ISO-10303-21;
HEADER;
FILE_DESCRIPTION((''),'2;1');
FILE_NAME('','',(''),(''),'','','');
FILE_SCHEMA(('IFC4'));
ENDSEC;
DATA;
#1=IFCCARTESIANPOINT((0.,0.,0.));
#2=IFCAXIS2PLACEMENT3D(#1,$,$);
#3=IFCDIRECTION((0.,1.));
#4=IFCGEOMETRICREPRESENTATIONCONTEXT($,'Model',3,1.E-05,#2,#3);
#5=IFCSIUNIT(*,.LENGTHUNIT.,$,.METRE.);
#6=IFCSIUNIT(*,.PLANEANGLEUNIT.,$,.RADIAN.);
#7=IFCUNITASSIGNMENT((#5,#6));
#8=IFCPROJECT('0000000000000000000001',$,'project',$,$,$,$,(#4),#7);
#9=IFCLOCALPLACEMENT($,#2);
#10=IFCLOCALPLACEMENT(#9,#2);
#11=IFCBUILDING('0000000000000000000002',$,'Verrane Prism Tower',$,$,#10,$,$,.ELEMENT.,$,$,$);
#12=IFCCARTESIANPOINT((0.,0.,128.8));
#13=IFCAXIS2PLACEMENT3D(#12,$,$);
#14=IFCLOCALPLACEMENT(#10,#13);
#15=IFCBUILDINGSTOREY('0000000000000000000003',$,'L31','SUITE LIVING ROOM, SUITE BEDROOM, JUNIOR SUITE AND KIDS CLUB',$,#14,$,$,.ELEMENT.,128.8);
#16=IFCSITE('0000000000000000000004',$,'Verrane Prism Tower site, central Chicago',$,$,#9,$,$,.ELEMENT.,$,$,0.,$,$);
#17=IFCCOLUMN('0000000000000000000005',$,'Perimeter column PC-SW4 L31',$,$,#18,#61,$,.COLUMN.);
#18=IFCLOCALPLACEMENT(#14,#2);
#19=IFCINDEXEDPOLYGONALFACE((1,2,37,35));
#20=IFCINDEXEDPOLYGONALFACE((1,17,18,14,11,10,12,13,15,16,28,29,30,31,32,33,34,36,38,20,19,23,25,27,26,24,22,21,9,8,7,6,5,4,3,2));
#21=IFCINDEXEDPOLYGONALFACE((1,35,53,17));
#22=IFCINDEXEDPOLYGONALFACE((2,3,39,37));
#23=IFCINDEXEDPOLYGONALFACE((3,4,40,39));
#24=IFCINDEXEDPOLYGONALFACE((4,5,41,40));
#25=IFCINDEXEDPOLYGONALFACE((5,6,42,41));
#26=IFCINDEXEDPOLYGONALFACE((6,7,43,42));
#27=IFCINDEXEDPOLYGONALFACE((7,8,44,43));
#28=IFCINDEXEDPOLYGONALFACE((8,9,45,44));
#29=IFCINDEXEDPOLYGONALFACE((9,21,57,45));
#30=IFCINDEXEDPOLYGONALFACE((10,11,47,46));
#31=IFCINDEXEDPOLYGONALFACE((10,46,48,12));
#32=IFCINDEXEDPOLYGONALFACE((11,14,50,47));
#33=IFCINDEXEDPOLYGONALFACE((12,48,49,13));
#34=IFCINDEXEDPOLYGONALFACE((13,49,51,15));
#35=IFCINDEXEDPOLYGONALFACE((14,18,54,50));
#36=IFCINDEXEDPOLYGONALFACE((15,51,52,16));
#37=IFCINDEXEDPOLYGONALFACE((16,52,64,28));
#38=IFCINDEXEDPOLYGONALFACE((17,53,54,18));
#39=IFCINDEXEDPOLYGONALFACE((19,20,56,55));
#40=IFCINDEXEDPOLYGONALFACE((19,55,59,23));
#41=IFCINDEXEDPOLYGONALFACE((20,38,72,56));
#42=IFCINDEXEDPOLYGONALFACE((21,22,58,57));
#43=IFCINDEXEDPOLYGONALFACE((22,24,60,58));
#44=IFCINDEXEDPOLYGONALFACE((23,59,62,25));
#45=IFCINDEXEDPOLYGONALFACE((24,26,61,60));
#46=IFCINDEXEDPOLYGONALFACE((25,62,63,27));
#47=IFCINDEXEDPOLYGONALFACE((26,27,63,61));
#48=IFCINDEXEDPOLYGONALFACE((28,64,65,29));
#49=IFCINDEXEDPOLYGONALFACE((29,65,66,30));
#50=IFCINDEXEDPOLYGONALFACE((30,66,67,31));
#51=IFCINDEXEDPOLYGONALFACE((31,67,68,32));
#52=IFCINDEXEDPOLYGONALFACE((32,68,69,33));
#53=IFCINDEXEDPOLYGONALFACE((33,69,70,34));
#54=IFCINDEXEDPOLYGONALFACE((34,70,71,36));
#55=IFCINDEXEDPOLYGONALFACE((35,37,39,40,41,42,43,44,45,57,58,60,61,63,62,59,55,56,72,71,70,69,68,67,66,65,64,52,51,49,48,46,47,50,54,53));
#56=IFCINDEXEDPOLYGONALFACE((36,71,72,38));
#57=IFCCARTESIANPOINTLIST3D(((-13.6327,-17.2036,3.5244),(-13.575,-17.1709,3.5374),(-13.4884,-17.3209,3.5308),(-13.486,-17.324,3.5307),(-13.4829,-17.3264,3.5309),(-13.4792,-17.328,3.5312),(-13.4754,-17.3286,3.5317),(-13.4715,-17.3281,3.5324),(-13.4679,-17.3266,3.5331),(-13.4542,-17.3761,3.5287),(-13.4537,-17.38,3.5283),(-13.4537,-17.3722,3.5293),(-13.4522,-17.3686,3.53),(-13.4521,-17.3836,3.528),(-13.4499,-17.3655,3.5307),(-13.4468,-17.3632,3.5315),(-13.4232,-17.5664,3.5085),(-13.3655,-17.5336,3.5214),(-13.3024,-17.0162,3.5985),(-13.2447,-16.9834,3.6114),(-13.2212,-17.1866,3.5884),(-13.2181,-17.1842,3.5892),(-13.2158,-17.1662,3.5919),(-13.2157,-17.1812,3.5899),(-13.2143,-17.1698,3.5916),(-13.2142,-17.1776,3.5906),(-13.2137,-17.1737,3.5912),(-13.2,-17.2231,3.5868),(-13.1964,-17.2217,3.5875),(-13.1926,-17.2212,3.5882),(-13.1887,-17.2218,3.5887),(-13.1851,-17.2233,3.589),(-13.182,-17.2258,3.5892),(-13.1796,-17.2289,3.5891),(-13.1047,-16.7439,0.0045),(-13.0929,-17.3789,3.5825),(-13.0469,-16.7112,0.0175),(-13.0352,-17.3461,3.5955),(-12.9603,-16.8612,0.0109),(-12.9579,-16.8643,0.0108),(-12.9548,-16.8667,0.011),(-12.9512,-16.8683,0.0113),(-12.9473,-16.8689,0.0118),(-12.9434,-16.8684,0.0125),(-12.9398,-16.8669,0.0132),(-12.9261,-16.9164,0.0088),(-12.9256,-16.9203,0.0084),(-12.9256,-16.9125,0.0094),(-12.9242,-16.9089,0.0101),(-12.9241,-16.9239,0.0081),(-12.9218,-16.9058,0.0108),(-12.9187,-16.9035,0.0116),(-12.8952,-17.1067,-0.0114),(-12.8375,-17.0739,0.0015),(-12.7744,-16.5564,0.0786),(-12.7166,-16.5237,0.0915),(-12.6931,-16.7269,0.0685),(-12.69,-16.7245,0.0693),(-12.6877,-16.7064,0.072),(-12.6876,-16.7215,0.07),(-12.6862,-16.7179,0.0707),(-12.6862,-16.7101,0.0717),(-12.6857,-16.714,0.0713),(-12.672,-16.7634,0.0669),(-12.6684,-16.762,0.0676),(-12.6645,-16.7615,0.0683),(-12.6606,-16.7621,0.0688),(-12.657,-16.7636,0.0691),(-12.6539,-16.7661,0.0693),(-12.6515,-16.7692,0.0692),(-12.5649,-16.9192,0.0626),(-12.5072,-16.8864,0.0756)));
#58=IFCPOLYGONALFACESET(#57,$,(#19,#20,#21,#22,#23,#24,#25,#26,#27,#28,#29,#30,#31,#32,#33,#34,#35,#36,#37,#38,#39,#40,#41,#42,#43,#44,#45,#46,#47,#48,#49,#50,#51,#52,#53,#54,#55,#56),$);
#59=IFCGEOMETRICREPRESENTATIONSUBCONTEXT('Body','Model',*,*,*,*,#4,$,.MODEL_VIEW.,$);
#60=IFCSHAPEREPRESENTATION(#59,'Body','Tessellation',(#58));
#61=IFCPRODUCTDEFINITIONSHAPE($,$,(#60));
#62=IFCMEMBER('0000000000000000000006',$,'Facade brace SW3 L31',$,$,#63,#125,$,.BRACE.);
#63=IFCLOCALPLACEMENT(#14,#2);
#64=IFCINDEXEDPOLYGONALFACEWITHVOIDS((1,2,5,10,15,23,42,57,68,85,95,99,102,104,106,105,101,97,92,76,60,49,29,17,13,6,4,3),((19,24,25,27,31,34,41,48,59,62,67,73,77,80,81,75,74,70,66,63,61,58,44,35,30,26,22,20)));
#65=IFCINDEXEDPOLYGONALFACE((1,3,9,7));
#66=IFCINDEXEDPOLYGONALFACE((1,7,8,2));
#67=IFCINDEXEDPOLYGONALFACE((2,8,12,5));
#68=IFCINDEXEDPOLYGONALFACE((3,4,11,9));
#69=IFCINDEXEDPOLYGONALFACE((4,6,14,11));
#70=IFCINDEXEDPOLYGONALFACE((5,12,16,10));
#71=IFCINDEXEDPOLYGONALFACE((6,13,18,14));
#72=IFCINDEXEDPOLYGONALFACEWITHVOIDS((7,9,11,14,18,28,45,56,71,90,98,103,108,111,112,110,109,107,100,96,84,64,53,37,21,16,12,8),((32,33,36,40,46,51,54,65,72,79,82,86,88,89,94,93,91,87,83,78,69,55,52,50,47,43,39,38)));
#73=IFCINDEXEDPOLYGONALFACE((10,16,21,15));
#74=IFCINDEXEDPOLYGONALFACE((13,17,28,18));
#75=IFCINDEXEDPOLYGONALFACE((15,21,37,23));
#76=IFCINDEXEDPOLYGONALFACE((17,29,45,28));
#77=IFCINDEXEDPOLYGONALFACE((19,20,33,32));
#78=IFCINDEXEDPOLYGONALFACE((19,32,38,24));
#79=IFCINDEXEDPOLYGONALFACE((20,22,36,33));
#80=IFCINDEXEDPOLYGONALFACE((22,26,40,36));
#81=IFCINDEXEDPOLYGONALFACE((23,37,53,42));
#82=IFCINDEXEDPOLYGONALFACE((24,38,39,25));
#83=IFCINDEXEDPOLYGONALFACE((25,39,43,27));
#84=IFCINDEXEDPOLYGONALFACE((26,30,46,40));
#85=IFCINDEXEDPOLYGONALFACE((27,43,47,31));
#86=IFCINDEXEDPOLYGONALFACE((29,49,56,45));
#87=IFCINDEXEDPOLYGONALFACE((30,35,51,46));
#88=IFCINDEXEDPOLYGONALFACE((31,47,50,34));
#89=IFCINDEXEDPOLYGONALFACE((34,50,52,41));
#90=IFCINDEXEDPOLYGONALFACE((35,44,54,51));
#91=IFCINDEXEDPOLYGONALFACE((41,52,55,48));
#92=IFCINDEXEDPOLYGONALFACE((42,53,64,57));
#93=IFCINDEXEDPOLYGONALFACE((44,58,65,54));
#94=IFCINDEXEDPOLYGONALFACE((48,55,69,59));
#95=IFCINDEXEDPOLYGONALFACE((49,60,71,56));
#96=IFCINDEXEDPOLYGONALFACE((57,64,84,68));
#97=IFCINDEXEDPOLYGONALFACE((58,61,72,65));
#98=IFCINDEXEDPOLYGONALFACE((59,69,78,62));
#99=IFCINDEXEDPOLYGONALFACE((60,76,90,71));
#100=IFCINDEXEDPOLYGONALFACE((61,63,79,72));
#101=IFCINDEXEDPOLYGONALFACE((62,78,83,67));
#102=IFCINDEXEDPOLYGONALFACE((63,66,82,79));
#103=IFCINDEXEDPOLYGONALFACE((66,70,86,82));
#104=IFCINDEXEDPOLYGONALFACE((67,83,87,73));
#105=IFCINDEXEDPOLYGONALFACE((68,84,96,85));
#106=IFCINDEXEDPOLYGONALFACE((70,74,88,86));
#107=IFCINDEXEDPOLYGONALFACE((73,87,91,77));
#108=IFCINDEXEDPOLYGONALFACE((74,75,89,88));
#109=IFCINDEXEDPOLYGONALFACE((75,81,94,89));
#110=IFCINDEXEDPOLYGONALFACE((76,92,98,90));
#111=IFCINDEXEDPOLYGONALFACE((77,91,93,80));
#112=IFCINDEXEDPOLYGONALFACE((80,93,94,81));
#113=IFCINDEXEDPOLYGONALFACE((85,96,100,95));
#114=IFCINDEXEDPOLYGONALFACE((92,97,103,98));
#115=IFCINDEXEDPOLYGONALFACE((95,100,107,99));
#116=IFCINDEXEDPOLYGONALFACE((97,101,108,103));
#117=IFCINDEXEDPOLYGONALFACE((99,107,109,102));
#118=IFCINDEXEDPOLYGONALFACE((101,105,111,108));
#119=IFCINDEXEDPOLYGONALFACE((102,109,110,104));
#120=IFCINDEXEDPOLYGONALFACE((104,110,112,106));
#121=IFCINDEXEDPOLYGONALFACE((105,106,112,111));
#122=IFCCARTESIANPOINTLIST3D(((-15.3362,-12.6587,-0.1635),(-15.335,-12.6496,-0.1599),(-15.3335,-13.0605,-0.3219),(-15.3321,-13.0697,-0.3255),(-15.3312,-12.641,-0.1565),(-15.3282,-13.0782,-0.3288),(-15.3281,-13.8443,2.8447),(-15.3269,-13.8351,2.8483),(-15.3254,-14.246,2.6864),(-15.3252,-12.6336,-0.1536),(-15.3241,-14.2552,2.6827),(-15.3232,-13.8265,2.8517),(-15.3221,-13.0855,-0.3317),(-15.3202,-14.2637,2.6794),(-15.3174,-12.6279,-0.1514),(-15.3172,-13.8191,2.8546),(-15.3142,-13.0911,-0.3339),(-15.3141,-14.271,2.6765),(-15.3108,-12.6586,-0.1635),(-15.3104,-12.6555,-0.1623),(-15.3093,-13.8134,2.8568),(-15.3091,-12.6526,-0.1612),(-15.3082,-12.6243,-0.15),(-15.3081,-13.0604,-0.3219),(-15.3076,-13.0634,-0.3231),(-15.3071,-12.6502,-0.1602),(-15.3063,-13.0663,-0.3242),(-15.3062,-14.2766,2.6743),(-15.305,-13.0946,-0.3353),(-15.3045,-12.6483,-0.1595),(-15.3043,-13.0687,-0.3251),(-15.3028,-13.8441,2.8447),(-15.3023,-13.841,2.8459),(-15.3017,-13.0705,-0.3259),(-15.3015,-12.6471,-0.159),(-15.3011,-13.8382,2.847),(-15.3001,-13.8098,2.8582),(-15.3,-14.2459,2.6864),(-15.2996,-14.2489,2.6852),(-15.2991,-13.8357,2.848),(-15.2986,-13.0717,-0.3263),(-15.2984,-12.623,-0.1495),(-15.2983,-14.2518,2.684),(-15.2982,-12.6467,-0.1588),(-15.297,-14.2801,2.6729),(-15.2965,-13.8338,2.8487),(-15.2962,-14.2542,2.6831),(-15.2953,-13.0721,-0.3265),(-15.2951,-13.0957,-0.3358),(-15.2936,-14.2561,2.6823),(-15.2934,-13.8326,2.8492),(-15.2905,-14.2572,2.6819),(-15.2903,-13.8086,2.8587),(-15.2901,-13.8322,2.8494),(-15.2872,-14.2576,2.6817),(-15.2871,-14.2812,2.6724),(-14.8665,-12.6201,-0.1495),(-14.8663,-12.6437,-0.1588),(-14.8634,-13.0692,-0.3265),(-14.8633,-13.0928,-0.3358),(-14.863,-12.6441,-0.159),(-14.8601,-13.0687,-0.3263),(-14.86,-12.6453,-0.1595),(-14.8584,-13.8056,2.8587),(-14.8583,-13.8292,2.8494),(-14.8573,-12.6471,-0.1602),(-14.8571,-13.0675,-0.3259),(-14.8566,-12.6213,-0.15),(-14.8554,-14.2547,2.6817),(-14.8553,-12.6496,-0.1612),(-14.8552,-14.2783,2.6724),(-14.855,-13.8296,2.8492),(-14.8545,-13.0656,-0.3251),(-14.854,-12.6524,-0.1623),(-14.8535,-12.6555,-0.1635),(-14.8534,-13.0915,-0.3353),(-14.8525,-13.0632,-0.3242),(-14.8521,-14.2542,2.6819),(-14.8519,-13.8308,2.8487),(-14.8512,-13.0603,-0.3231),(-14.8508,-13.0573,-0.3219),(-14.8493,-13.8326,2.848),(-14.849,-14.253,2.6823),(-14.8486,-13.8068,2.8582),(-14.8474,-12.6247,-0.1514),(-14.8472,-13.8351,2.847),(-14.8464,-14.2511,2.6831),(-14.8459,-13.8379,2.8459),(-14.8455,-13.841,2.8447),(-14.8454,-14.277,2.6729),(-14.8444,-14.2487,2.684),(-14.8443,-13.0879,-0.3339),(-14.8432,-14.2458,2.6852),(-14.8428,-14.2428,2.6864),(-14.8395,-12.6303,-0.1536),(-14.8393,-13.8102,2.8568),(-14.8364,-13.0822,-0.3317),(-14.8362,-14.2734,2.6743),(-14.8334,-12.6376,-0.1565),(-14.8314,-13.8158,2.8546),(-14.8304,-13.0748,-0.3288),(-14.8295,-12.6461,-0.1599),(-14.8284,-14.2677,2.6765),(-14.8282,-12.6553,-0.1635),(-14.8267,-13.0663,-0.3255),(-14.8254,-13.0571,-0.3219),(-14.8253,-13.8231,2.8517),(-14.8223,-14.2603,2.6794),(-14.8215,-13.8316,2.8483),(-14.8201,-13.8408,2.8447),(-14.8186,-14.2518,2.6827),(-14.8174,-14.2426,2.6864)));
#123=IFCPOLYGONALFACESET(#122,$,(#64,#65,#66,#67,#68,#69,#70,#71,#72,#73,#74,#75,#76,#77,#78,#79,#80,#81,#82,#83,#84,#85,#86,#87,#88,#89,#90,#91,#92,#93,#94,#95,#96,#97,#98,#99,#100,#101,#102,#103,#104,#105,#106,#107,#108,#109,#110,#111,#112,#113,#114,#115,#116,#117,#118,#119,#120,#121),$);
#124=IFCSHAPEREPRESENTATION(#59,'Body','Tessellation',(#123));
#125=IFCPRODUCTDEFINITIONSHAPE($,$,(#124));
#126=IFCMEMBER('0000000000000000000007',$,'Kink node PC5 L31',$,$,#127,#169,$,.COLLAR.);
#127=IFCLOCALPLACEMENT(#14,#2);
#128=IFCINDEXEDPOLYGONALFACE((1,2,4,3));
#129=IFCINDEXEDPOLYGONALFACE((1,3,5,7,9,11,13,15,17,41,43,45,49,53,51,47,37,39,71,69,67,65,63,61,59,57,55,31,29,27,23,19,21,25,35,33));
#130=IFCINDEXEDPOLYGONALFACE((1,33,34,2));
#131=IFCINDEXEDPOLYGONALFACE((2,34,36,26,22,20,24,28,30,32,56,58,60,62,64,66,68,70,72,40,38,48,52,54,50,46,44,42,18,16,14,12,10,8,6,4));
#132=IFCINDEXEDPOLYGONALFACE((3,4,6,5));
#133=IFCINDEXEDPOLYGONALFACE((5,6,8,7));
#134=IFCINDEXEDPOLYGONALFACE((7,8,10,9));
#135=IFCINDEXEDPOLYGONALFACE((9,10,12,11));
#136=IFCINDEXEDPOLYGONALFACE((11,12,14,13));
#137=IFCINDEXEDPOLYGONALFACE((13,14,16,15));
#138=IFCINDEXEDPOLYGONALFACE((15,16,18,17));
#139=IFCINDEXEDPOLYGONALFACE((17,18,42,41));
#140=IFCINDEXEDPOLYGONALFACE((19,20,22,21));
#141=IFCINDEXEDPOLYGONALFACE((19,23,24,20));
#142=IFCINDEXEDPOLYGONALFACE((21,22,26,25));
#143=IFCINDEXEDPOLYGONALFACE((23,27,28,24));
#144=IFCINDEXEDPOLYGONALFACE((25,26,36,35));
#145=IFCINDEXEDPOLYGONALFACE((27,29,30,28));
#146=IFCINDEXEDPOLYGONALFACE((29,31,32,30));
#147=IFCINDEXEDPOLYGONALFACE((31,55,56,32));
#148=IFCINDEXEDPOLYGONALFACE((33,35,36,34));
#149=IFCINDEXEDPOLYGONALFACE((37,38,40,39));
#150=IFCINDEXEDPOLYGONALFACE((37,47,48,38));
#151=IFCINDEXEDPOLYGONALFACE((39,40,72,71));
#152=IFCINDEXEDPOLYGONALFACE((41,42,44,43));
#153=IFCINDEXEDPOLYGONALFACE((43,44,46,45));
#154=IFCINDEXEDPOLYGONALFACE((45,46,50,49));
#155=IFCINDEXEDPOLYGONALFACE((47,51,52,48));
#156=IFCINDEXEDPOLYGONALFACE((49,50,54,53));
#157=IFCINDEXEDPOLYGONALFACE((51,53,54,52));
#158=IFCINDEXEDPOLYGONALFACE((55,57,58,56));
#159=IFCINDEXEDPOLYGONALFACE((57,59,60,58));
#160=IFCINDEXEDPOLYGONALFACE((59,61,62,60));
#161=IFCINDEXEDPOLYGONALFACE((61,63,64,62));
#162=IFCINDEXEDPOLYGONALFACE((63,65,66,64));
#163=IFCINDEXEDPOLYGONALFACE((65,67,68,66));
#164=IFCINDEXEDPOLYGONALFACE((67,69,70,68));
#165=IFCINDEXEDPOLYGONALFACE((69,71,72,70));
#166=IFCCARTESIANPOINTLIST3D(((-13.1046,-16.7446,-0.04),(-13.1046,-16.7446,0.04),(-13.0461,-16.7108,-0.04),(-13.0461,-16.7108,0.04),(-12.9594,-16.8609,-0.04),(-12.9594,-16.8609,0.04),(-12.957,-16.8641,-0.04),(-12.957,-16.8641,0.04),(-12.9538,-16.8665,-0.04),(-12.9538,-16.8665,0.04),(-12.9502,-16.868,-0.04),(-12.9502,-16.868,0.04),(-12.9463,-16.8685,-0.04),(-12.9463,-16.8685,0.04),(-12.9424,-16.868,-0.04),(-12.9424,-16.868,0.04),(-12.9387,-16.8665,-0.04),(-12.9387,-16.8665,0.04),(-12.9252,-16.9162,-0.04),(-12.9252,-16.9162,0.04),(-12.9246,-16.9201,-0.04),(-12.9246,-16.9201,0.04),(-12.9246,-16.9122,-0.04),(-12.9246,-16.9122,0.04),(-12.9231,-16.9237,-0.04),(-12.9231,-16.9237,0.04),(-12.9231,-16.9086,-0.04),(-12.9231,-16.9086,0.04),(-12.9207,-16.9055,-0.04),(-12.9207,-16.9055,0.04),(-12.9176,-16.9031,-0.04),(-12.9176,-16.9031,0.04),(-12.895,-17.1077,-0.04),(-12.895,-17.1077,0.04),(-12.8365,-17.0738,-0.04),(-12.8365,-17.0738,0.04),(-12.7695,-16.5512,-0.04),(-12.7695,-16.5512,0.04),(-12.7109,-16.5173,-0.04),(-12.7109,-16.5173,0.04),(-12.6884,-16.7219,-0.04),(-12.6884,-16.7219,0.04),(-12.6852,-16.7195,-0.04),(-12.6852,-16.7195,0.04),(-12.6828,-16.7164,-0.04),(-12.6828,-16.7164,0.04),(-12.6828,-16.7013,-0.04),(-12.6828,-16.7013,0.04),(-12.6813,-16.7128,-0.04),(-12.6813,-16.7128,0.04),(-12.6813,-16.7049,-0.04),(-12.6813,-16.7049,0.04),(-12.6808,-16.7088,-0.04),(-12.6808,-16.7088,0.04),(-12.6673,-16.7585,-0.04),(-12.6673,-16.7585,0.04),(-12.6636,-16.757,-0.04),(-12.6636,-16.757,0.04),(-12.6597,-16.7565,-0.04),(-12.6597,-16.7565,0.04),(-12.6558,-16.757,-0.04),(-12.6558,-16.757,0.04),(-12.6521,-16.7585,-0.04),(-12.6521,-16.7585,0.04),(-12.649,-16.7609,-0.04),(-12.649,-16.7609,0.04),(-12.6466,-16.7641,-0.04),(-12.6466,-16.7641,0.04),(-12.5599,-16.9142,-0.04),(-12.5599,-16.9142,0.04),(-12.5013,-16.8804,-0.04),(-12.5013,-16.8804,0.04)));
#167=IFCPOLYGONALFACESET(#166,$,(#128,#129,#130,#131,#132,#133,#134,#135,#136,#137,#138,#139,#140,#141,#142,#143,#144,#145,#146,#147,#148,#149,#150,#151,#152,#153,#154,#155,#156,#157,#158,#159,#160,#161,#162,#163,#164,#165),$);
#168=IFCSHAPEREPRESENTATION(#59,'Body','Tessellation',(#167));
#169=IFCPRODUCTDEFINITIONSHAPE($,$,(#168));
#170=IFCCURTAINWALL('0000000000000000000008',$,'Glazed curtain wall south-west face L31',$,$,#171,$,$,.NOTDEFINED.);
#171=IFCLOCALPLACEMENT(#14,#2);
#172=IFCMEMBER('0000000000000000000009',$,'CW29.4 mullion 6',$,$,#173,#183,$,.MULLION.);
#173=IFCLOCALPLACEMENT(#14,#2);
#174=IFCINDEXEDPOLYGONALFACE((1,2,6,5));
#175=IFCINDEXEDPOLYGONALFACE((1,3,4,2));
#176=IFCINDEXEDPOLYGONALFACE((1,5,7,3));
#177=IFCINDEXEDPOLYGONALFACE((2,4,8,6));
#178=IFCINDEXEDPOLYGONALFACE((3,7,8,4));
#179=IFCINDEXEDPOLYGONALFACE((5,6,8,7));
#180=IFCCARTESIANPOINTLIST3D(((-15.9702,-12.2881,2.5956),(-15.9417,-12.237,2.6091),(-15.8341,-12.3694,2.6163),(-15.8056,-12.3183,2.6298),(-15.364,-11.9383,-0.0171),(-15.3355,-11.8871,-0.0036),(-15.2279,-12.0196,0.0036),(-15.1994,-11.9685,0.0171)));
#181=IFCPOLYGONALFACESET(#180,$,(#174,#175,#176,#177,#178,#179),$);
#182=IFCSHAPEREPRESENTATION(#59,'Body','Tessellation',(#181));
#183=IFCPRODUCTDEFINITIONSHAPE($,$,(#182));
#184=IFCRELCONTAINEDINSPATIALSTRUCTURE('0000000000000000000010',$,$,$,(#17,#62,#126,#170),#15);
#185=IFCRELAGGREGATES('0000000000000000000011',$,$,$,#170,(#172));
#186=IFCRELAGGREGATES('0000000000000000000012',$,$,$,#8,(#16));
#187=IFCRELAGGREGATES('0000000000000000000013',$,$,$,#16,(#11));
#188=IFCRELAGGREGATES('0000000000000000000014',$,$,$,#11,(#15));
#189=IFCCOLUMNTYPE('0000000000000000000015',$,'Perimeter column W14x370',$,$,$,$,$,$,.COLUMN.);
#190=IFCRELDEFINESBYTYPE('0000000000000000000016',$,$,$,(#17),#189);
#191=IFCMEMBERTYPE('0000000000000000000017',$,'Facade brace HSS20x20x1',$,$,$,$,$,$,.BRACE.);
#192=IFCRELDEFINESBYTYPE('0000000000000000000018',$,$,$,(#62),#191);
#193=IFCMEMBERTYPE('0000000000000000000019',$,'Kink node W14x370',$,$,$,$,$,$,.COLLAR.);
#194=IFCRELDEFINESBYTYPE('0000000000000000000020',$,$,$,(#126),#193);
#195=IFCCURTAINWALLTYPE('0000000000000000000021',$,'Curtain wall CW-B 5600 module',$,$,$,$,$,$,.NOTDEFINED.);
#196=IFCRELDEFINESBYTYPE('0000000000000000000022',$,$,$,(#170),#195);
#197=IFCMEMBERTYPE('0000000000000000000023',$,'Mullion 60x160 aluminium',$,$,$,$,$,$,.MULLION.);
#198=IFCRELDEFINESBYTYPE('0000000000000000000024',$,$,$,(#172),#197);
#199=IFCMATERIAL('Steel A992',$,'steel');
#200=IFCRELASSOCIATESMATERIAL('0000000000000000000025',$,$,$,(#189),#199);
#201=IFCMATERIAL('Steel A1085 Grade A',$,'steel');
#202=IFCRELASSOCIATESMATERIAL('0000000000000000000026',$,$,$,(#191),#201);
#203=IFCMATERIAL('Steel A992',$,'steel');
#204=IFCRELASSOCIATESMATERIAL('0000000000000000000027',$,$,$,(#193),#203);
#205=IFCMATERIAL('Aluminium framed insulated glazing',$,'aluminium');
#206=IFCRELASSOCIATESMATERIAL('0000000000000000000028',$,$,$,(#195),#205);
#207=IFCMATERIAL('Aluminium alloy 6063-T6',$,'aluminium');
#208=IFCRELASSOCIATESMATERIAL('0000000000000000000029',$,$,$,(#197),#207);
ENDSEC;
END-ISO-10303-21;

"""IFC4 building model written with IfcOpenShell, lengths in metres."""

from ifc_helpers import new_model, si_unit, direction, frame, origin, origin_2d, place, context, subcontext, project, spatial, rectangle, hollow_rectangle, i_section, extrude, material, material_profile, profile_set, type_object, element, aggregate, save


model = new_model("IFC4")

# Units and contexts
model_context = context("Model", 3, precision=1e-05, world=origin(), true_north=direction((0.0, 1.0)))
body_context = subcontext(model_context, "Body", "Model", "MODEL_VIEW")
ifc_project = project(units=[si_unit("LENGTHUNIT", "METRE"), si_unit("PLANEANGLEUNIT", "RADIAN")], contexts=[model_context])

# Site, building, storey
site_placement = place(None, origin())
site = spatial("IfcSite", under=ifc_project, at=site_placement, Name="Verrane Prism Tower site, central Chicago", CompositionType="ELEMENT", RefElevation=0.0)
building_placement = place(site_placement, origin())
building = spatial("IfcBuilding", under=site, at=building_placement, Name="Verrane Prism Tower", CompositionType="ELEMENT")
storey_placement = place(building_placement, frame((0.0, 0.0, 128.8)))
storey = spatial("IfcBuildingStorey", under=building, at=storey_placement, Name="L31", Description="SUITE LIVING ROOM, SUITE BEDROOM, JUNIOR SUITE AND KIDS CLUB", CompositionType="ELEMENT", Elevation=128.8)

# Column
ifc_material_1 = material(Name="Steel A992", Category="steel")
ifc_material_profile_1 = material_profile(ifc_material_1, i_section(OverallWidth=0.4192, OverallDepth=0.4546, WebThickness=0.0422, FlangeThickness=0.0676, FilletRadius=0.0151, at=origin_2d()), Name="W14x370")
ifc_profile_set_1 = profile_set([ifc_material_profile_1], Name="Steel A992")
column_type = type_object("IfcColumnType", Name="Perimeter column W14x370", PredefinedType="COLUMN", material=ifc_profile_set_1)
column_placement = place(storey_placement, frame((-12.8059, -16.8152, 0.04), z_axis=(-0.147138, -0.128091, 0.980787), x_axis=(-0.499727, 0.865347, 0.038045)))
element("IfcColumn", 1, at=column_placement, inside=storey, type_object=column_type, Name="Perimeter column PC-SW4 L31", PredefinedType="COLUMN", context=body_context, shape_type="SweptSolid", body=[
    extrude(i_section(OverallWidth=0.4192, OverallDepth=0.4546, WebThickness=0.0422, FlangeThickness=0.0676, FilletRadius=0.0151, at=origin_2d()), origin(), (0.0, 0.0, 1.0), 3.5889),
])

# Members
ifc_material_2 = material(Name="Steel A1085 Grade A", Category="steel")
ifc_material_profile_2 = material_profile(ifc_material_2, hollow_rectangle(XDim=0.5081, YDim=0.5081, WallThickness=0.0254, InnerFilletRadius=0.0127, OuterFilletRadius=0.0381, at=origin_2d()), Name="HSS20x20x1")
ifc_profile_set_2 = profile_set([ifc_material_profile_2], Name="Steel A1085 Grade A")
member_type_1 = type_object("IfcMemberType", Name="Facade brace HSS20x20x1", PredefinedType="BRACE", material=ifc_profile_set_2)
member_1_placement = place(storey_placement, frame((-15.0808, -12.8579, -0.2427), z_axis=(0.002492, -0.366646, 0.930357), x_axis=(0.999977, 0.006796, 0.0)))
element("IfcMember", 2, at=member_1_placement, inside=storey, type_object=member_type_1, Name="Facade brace SW3 L31", PredefinedType="BRACE", context=body_context, shape_type="SweptSolid", body=[
    extrude(hollow_rectangle(XDim=0.5081, YDim=0.5081, WallThickness=0.0254, InnerFilletRadius=0.0127, OuterFilletRadius=0.0381, at=origin_2d()), origin(), (0.0, 0.0, 1.0), 3.2334),
])
ifc_material_3 = material(Name="Steel A992", Category="steel")
ifc_material_profile_3 = material_profile(ifc_material_3, i_section(OverallWidth=0.4192, OverallDepth=0.4546, WebThickness=0.0422, FlangeThickness=0.0676, FilletRadius=0.0151, at=origin_2d()), Name="W14x370")
ifc_profile_set_3 = profile_set([ifc_material_profile_3], Name="Steel A992")
member_type_2 = type_object("IfcMemberType", Name="Kink node W14x370", PredefinedType="COLLAR", material=ifc_profile_set_3)
member_2_placement = place(storey_placement, frame((-12.803, -16.8125, -0.04), z_axis=(0.0, 0.0, 1.0), x_axis=(-0.5, 0.866025, 0.0)))
element("IfcMember", 3, at=member_2_placement, inside=storey, type_object=member_type_2, Name="Kink node PC5 L31", PredefinedType="COLLAR", context=body_context, shape_type="SweptSolid", body=[
    extrude(i_section(OverallWidth=0.4192, OverallDepth=0.4546, WebThickness=0.0422, FlangeThickness=0.0676, FilletRadius=0.0151, at=origin_2d()), origin(), (0.0, 0.0, 1.0), 0.0801),
])

# Curtain wall, member
ifc_material_4 = material(Name="Aluminium framed insulated glazing", Category="aluminium")
curtain_wall_type = type_object("IfcCurtainWallType", Name="Curtain wall CW-B 5600 module", PredefinedType="NOTDEFINED", material=ifc_material_4)
curtain_wall_placement = place(storey_placement, origin())
curtain_wall = element("IfcCurtainWall", 4, at=curtain_wall_placement, inside=storey, type_object=curtain_wall_type, Name="Glazed curtain wall south-west face L31", PredefinedType="NOTDEFINED")
ifc_material_5 = material(Name="Aluminium alloy 6063-T6", Category="aluminium")
ifc_material_profile_4 = material_profile(ifc_material_5, rectangle(XDim=0.1599, YDim=0.0601, at=origin_2d()), Name="Mullion 60x160 aluminium")
ifc_profile_set_4 = profile_set([ifc_material_profile_4], Name="Aluminium alloy 6063-T6")
member_type_3 = type_object("IfcMemberType", Name="Mullion 60x160 aluminium", PredefinedType="MULLION", material=ifc_profile_set_4)
member_3_placement = place(storey_placement, frame((-15.2817, -11.9534, 0.0), z_axis=(-0.224111, -0.12934, 0.965943), x_axis=(0.851192, -0.508658, 0.129378)))
member_3 = element("IfcMember", 5, at=member_3_placement, type_object=member_type_3, Name="CW29.4 mullion 6", PredefinedType="MULLION", context=body_context, shape_type="SweptSolid", body=[
    extrude(rectangle(XDim=0.1599, YDim=0.0601, at=origin_2d()), origin(), (0.0, 0.0, 1.0), 2.7048),
])

aggregate(curtain_wall, [member_3])

save(model, "model.ifc")
